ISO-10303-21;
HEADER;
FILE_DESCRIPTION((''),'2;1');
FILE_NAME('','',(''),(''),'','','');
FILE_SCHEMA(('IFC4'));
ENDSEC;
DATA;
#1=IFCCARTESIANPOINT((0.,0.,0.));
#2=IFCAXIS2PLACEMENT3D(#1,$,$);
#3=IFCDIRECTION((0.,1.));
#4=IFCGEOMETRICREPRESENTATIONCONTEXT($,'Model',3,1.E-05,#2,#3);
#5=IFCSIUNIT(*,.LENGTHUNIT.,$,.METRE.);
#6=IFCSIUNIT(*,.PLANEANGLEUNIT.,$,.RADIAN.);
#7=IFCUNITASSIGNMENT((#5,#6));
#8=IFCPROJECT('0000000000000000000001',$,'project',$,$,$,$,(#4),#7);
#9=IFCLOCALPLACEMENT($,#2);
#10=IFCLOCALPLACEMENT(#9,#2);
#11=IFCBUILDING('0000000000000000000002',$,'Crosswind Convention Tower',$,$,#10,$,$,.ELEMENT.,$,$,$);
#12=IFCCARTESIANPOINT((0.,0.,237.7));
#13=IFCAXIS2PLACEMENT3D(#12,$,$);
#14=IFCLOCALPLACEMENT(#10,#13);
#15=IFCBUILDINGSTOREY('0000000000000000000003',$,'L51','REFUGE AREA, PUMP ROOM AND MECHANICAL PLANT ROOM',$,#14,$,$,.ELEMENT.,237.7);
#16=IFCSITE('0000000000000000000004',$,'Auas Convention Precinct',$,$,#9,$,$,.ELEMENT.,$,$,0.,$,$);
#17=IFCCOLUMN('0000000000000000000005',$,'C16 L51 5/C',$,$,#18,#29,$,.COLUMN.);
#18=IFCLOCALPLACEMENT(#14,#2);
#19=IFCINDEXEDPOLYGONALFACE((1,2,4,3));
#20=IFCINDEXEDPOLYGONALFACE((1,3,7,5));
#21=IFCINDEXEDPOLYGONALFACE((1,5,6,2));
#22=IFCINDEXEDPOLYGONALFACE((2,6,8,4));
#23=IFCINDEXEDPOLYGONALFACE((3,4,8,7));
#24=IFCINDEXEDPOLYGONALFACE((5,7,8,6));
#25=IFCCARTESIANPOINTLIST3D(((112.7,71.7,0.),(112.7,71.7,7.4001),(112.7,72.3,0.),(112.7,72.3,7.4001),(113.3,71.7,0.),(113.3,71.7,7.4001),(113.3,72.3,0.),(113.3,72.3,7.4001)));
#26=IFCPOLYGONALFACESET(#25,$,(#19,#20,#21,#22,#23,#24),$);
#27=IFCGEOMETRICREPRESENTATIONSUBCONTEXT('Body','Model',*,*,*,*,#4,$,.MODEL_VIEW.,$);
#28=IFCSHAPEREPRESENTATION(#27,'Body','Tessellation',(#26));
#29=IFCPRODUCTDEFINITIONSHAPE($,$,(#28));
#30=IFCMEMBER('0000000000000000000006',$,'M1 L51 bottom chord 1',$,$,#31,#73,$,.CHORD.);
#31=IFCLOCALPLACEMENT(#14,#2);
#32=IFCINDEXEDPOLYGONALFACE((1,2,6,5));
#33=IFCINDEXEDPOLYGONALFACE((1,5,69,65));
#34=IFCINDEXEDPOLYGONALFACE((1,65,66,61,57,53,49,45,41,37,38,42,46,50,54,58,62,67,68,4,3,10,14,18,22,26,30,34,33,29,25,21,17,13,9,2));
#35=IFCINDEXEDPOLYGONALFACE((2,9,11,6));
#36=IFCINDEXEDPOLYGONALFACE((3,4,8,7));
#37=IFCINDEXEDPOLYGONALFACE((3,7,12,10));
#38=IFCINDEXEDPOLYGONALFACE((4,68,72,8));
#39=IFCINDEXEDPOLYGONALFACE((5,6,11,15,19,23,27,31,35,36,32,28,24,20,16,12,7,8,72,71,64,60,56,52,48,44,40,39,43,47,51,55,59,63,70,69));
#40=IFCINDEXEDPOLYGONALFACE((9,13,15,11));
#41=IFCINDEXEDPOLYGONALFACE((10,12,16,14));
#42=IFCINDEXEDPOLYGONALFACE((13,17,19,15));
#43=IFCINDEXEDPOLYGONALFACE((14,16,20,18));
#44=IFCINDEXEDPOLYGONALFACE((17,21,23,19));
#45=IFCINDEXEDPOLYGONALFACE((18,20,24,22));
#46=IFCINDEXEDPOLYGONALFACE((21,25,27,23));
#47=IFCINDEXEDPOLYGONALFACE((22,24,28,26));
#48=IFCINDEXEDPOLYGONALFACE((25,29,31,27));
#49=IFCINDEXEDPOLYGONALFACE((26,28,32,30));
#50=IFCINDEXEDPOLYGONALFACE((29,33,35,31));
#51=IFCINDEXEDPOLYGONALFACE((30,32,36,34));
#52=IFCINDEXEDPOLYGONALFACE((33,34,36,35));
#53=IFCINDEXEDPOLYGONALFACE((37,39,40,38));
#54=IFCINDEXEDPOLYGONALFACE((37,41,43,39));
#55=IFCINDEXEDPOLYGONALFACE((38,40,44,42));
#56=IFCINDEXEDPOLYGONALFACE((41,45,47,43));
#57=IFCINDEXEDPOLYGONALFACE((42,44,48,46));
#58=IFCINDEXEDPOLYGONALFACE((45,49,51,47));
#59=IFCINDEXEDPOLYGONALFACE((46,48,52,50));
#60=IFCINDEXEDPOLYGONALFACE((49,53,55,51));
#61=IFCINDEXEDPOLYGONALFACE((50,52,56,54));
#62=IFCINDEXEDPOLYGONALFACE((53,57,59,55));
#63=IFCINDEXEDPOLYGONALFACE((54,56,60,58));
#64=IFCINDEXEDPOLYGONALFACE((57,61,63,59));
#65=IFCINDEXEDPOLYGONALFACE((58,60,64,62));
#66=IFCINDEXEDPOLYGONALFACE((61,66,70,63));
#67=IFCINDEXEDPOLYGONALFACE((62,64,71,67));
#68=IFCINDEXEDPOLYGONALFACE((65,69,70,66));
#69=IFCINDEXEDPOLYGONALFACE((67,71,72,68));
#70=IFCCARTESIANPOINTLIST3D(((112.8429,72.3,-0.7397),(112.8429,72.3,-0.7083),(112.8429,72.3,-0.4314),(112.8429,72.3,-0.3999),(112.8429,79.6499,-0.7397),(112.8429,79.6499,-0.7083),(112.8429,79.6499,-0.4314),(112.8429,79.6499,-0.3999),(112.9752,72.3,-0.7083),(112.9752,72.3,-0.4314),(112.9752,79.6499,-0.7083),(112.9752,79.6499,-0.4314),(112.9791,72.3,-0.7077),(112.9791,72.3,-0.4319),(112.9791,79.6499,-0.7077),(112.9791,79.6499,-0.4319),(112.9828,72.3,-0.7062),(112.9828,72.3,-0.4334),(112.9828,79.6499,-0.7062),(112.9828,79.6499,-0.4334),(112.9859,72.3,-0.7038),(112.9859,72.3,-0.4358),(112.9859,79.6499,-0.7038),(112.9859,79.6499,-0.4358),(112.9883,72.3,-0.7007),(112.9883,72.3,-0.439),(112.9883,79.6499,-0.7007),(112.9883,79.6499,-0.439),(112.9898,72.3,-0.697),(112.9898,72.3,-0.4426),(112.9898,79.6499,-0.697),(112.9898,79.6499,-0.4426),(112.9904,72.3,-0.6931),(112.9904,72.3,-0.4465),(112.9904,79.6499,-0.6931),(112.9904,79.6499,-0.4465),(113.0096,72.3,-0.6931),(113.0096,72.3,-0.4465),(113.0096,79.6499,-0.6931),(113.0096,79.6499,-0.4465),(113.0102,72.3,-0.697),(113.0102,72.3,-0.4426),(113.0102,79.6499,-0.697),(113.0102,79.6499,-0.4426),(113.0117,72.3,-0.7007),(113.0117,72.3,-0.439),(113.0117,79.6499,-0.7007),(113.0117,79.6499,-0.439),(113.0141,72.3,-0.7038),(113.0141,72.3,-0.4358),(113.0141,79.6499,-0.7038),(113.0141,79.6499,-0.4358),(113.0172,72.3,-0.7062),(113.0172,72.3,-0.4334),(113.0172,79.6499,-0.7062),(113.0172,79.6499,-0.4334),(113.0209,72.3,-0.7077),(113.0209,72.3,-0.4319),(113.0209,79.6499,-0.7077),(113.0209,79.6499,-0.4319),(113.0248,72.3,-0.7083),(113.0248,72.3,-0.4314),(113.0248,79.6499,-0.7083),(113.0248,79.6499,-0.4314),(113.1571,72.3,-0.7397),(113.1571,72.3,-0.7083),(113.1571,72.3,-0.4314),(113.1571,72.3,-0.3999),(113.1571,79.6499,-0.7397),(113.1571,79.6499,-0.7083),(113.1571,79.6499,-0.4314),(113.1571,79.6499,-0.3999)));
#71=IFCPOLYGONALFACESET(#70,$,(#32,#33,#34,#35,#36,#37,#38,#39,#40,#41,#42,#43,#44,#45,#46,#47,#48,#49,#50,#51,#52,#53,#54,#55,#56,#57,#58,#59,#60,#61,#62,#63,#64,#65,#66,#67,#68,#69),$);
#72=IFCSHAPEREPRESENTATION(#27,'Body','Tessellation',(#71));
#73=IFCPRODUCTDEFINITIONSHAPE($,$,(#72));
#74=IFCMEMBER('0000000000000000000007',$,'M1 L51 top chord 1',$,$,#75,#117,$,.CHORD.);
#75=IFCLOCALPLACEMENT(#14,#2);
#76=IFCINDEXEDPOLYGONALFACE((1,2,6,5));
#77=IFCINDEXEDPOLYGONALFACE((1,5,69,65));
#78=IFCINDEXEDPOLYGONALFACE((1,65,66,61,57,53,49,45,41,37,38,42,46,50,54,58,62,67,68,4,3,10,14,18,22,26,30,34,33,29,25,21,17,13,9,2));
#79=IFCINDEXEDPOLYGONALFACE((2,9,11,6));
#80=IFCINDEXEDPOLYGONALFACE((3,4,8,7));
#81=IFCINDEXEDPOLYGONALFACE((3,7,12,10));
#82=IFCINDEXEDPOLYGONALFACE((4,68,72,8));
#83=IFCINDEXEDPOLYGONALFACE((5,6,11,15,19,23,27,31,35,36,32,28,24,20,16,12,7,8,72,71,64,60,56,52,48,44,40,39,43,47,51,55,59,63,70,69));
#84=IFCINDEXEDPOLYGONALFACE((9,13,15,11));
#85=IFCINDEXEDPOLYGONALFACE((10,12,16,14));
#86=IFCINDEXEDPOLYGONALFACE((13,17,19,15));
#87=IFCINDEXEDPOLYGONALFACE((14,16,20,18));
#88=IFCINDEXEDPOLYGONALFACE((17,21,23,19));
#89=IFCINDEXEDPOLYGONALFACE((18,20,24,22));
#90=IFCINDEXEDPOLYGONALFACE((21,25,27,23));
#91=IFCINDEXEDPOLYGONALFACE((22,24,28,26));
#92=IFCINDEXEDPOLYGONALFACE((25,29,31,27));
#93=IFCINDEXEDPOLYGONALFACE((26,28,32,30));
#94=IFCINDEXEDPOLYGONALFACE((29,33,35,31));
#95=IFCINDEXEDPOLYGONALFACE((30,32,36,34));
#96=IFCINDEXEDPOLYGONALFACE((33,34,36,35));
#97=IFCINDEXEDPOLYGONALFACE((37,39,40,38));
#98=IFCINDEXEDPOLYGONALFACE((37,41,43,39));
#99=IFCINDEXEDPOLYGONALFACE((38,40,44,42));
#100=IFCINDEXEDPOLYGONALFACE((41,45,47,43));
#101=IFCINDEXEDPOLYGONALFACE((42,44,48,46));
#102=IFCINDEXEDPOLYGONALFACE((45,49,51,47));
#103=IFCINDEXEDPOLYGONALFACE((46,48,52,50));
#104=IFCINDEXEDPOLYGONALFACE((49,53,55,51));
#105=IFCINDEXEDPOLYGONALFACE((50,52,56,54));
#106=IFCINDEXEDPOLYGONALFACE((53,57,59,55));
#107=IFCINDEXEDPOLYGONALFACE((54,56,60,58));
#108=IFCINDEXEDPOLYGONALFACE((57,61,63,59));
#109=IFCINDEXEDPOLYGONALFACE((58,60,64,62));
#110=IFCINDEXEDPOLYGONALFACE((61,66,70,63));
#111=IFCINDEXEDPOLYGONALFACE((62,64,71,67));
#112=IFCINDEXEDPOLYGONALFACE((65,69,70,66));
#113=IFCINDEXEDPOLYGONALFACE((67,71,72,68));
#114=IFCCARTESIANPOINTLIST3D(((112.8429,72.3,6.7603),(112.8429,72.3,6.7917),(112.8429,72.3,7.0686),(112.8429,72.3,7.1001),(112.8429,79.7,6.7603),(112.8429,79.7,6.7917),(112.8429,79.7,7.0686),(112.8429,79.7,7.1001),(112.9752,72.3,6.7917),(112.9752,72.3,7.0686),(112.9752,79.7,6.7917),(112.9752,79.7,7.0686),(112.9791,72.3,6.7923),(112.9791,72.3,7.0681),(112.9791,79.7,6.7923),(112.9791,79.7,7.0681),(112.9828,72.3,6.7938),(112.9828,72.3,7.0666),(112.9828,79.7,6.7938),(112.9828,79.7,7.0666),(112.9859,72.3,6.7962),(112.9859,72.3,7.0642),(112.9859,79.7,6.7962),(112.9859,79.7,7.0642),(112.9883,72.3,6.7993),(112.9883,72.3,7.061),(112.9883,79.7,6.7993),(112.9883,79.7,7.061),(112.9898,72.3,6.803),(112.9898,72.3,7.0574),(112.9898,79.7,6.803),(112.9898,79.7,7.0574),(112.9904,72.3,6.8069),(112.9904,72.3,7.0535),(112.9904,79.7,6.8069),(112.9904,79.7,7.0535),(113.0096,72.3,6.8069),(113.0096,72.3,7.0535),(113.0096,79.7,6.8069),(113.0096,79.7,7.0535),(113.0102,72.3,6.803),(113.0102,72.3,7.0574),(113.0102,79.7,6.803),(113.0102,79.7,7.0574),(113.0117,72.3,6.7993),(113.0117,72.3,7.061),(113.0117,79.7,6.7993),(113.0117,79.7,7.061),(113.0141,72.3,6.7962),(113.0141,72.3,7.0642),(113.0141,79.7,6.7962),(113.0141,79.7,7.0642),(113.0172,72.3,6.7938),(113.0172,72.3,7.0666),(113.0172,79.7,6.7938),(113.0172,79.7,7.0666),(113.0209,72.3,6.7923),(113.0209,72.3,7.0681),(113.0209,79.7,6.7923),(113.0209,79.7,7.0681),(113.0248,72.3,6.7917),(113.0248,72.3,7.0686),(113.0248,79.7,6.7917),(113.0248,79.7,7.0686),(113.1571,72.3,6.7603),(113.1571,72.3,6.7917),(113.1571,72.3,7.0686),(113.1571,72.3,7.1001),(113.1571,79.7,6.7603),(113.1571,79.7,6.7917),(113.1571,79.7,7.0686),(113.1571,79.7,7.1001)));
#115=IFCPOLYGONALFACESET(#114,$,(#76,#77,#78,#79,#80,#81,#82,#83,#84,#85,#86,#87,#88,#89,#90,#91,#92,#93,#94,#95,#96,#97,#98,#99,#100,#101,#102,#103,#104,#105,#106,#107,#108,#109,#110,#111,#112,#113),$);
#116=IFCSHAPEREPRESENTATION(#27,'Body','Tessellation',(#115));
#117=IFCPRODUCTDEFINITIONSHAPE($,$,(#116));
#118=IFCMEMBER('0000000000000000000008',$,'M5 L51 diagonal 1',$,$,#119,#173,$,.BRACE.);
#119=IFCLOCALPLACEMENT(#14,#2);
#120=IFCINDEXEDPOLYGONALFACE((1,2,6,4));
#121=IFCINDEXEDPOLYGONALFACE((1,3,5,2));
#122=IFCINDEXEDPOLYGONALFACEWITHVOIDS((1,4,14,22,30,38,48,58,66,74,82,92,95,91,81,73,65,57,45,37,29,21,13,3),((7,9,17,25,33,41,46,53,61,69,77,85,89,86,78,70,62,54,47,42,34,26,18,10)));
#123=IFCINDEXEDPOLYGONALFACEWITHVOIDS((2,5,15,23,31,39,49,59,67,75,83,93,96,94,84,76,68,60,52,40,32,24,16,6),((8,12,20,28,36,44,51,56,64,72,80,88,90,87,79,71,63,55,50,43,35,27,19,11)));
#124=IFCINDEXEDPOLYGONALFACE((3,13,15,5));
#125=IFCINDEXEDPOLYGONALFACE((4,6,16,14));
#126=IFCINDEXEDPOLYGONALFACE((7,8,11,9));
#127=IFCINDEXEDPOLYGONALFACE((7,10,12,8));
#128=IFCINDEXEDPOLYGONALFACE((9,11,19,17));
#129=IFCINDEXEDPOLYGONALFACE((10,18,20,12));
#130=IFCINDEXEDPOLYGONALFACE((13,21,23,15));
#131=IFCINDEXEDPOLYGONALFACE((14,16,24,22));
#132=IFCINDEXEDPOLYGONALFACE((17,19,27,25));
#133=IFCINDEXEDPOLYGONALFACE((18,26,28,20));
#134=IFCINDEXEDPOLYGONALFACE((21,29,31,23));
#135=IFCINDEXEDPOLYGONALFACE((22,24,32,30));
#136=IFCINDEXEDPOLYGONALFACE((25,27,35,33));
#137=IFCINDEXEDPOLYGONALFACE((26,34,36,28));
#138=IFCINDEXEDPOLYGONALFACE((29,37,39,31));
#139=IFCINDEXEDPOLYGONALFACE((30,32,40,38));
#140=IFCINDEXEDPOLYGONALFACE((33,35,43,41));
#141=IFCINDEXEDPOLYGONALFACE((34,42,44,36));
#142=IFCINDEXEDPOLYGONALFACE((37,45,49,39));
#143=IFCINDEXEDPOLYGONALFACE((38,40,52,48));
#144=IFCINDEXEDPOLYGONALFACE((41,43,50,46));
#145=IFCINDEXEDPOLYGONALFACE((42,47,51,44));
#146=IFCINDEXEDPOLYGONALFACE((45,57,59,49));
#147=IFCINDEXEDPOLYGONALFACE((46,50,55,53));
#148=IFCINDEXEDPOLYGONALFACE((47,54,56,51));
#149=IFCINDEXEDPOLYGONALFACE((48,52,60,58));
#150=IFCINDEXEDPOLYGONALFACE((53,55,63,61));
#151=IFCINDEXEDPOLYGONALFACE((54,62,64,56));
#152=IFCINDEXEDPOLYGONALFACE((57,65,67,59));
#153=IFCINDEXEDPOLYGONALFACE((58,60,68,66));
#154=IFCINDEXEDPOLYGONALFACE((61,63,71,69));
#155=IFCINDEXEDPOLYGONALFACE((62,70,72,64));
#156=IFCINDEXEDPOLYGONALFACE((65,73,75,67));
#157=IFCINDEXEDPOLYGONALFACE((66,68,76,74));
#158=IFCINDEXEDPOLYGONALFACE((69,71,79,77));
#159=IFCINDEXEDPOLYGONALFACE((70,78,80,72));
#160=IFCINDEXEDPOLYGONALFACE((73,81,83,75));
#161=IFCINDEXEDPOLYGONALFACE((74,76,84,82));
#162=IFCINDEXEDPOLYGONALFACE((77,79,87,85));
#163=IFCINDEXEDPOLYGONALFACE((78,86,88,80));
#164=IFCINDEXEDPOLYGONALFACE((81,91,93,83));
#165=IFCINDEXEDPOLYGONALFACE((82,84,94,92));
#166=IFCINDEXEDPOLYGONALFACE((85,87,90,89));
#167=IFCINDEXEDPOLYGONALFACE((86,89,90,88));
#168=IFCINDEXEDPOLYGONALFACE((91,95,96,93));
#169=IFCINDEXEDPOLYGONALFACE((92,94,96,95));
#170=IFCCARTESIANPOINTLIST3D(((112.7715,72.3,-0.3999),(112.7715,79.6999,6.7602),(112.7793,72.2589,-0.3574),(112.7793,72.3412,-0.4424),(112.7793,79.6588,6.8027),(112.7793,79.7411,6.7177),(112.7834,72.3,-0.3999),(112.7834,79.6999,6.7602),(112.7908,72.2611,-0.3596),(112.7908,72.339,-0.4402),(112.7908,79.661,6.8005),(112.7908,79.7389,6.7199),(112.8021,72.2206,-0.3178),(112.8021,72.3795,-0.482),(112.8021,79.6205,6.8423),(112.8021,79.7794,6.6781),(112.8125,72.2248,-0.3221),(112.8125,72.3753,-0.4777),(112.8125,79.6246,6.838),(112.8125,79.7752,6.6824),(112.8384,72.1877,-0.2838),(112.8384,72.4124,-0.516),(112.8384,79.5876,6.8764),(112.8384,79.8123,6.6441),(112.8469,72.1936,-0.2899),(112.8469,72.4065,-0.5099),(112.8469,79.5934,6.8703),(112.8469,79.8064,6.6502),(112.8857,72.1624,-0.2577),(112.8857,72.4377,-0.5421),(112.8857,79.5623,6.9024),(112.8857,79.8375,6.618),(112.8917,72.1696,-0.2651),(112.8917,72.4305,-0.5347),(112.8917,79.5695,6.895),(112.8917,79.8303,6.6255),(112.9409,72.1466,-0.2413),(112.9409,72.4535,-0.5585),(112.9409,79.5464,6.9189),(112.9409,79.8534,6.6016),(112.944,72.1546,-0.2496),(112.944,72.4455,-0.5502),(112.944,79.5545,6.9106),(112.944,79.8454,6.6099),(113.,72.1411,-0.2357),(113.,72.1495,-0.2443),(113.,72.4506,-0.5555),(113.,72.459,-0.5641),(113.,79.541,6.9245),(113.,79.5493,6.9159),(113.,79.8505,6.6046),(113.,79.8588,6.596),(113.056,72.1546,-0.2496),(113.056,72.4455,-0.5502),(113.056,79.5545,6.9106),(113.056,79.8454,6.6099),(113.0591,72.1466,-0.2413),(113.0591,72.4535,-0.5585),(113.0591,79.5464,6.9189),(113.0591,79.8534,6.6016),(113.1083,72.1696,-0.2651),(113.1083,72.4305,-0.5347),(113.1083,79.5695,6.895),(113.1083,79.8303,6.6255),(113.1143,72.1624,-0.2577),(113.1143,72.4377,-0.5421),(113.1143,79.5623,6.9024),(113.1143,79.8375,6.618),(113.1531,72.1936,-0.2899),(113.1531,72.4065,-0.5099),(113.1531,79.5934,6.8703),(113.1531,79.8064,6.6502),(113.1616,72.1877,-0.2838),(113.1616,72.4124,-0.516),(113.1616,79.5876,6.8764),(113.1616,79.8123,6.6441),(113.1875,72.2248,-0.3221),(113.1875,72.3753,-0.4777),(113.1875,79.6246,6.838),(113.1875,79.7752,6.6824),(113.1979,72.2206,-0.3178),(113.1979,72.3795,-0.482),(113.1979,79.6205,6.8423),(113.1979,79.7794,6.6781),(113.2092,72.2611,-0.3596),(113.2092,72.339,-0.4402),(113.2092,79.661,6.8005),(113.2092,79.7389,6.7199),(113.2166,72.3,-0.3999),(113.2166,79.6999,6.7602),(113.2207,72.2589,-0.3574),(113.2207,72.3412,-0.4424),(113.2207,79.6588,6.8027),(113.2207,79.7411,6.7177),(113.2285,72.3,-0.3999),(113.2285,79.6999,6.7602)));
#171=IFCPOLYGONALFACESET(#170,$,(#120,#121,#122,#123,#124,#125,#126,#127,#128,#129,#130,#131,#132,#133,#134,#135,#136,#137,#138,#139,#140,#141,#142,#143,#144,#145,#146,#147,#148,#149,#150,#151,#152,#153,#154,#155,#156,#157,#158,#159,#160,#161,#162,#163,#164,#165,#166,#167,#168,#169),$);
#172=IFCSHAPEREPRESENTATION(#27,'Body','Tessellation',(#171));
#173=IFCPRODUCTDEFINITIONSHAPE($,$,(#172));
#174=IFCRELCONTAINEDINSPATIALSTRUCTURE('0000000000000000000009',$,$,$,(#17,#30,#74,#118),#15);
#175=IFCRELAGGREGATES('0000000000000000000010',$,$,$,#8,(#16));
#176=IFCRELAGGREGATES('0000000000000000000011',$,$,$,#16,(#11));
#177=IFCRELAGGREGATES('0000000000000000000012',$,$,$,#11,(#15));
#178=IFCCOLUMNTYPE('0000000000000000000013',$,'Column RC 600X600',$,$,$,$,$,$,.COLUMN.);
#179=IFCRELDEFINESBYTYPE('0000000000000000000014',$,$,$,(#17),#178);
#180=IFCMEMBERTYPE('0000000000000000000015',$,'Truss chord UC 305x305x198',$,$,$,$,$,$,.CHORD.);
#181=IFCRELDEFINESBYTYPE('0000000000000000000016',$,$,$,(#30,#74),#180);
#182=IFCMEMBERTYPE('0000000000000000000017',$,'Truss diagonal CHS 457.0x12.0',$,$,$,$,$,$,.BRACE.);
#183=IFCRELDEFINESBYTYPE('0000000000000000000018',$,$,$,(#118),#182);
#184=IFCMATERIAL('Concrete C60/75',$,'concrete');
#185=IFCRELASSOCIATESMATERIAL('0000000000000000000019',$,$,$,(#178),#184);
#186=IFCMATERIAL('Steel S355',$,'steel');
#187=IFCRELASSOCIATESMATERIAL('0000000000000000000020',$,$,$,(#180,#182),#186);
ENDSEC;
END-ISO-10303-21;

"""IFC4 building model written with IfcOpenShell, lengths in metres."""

from ifc_helpers import new_model, si_unit, direction, frame, origin, origin_2d, place, context, subcontext, project, spatial, rectangle, hollow_circle, i_section, extrude, material, material_profile, profile_set, type_object, element, save


model = new_model("IFC4")

# Units and contexts
model_context = context("Model", 3, precision=1e-05, world=origin(), true_north=direction((0.0, 1.0)))
body_context = subcontext(model_context, "Body", "Model", "MODEL_VIEW")
ifc_project = project(units=[si_unit("LENGTHUNIT", "METRE"), si_unit("PLANEANGLEUNIT", "RADIAN")], contexts=[model_context])

# Site, building, storey
site_placement = place(None, origin())
site = spatial("IfcSite", under=ifc_project, at=site_placement, Name="Auas Convention Precinct", CompositionType="ELEMENT", RefElevation=0.0)
building_placement = place(site_placement, origin())
building = spatial("IfcBuilding", under=site, at=building_placement, Name="Crosswind Convention Tower", CompositionType="ELEMENT")
storey_placement = place(building_placement, frame((0.0, 0.0, 237.7)))
storey = spatial("IfcBuildingStorey", under=building, at=storey_placement, Name="L51", Description="REFUGE AREA, PUMP ROOM AND MECHANICAL PLANT ROOM", CompositionType="ELEMENT", Elevation=237.7)

# Column
ifc_material_1 = material(Name="Concrete C60/75", Category="concrete")
ifc_material_profile_1 = material_profile(ifc_material_1, rectangle(XDim=0.6001, YDim=0.6001, at=origin_2d()), Name="RC 600X600")
ifc_profile_set_1 = profile_set([ifc_material_profile_1], Name="Concrete C60/75")
column_type = type_object("IfcColumnType", Name="Column RC 600X600", PredefinedType="COLUMN", material=ifc_profile_set_1)
column_placement = place(storey_placement, frame((113.0, 72.0, 0.0), z_axis=(0.0, 0.0, 1.0), x_axis=(1.0, 0.0, 0.0)))
element("IfcColumn", 1, at=column_placement, inside=storey, type_object=column_type, Name="C16 L51 5/C", PredefinedType="COLUMN", context=body_context, shape_type="SweptSolid", body=[
    extrude(rectangle(XDim=0.6001, YDim=0.6001, at=origin_2d()), origin(), (0.0, 0.0, 1.0), 7.4001),
])

# Members
ifc_material_2 = material(Name="Steel S355", Category="steel")
ifc_material_profile_2 = material_profile(ifc_material_2, i_section(OverallWidth=0.3142, OverallDepth=0.3398, WebThickness=0.0193, FlangeThickness=0.0315, FilletRadius=0.0151, at=origin_2d()), Name="UC 305x305x198")
ifc_profile_set_2 = profile_set([ifc_material_profile_2], Name="Steel S355")
member_type_1 = type_object("IfcMemberType", Name="Truss chord UC 305x305x198", PredefinedType="CHORD", material=ifc_profile_set_2)
member_1_placement = place(storey_placement, frame((113.0, 72.3, -0.5698), z_axis=(0.0, 1.0, 0.0), x_axis=(-1.0, 0.0, 0.0)))
element("IfcMember", 2, at=member_1_placement, inside=storey, type_object=member_type_1, Name="M1 L51 bottom chord 1", PredefinedType="CHORD", context=body_context, shape_type="SweptSolid", body=[
    extrude(i_section(OverallWidth=0.3142, OverallDepth=0.3398, WebThickness=0.0193, FlangeThickness=0.0315, FilletRadius=0.0151, at=origin_2d()), origin(), (0.0, 0.0, 1.0), 7.3499),
])
member_2_placement = place(storey_placement, frame((113.0, 72.3, 6.9302), z_axis=(0.0, 1.0, 0.0), x_axis=(-1.0, 0.0, 0.0)))
element("IfcMember", 3, at=member_2_placement, inside=storey, type_object=member_type_1, Name="M1 L51 top chord 1", PredefinedType="CHORD", context=body_context, shape_type="SweptSolid", body=[
    extrude(i_section(OverallWidth=0.3142, OverallDepth=0.3398, WebThickness=0.0193, FlangeThickness=0.0315, FilletRadius=0.0151, at=origin_2d()), origin(), (0.0, 0.0, 1.0), 7.3999),
])
ifc_material_profile_3 = material_profile(ifc_material_2, hollow_circle(Radius=0.2285, WallThickness=0.012, at=origin_2d()), Name="CHS 457.0x12.0")
ifc_profile_set_3 = profile_set([ifc_material_profile_3], Name="Steel S355")
member_type_2 = type_object("IfcMemberType", Name="Truss diagonal CHS 457.0x12.0", PredefinedType="BRACE", material=ifc_profile_set_3)
member_3_placement = place(storey_placement, frame((113.0, 72.3, -0.3999), z_axis=(0.0, 0.718653, 0.695369), x_axis=(-1.0, 0.0, 0.0)))
element("IfcMember", 4, at=member_3_placement, inside=storey, type_object=member_type_2, Name="M5 L51 diagonal 1", PredefinedType="BRACE", context=body_context, shape_type="SweptSolid", body=[
    extrude(hollow_circle(Radius=0.2285, WallThickness=0.012, at=origin_2d()), origin(), (0.0, 0.0, 1.0), 10.2969),
])

save(model, "model.ifc")
